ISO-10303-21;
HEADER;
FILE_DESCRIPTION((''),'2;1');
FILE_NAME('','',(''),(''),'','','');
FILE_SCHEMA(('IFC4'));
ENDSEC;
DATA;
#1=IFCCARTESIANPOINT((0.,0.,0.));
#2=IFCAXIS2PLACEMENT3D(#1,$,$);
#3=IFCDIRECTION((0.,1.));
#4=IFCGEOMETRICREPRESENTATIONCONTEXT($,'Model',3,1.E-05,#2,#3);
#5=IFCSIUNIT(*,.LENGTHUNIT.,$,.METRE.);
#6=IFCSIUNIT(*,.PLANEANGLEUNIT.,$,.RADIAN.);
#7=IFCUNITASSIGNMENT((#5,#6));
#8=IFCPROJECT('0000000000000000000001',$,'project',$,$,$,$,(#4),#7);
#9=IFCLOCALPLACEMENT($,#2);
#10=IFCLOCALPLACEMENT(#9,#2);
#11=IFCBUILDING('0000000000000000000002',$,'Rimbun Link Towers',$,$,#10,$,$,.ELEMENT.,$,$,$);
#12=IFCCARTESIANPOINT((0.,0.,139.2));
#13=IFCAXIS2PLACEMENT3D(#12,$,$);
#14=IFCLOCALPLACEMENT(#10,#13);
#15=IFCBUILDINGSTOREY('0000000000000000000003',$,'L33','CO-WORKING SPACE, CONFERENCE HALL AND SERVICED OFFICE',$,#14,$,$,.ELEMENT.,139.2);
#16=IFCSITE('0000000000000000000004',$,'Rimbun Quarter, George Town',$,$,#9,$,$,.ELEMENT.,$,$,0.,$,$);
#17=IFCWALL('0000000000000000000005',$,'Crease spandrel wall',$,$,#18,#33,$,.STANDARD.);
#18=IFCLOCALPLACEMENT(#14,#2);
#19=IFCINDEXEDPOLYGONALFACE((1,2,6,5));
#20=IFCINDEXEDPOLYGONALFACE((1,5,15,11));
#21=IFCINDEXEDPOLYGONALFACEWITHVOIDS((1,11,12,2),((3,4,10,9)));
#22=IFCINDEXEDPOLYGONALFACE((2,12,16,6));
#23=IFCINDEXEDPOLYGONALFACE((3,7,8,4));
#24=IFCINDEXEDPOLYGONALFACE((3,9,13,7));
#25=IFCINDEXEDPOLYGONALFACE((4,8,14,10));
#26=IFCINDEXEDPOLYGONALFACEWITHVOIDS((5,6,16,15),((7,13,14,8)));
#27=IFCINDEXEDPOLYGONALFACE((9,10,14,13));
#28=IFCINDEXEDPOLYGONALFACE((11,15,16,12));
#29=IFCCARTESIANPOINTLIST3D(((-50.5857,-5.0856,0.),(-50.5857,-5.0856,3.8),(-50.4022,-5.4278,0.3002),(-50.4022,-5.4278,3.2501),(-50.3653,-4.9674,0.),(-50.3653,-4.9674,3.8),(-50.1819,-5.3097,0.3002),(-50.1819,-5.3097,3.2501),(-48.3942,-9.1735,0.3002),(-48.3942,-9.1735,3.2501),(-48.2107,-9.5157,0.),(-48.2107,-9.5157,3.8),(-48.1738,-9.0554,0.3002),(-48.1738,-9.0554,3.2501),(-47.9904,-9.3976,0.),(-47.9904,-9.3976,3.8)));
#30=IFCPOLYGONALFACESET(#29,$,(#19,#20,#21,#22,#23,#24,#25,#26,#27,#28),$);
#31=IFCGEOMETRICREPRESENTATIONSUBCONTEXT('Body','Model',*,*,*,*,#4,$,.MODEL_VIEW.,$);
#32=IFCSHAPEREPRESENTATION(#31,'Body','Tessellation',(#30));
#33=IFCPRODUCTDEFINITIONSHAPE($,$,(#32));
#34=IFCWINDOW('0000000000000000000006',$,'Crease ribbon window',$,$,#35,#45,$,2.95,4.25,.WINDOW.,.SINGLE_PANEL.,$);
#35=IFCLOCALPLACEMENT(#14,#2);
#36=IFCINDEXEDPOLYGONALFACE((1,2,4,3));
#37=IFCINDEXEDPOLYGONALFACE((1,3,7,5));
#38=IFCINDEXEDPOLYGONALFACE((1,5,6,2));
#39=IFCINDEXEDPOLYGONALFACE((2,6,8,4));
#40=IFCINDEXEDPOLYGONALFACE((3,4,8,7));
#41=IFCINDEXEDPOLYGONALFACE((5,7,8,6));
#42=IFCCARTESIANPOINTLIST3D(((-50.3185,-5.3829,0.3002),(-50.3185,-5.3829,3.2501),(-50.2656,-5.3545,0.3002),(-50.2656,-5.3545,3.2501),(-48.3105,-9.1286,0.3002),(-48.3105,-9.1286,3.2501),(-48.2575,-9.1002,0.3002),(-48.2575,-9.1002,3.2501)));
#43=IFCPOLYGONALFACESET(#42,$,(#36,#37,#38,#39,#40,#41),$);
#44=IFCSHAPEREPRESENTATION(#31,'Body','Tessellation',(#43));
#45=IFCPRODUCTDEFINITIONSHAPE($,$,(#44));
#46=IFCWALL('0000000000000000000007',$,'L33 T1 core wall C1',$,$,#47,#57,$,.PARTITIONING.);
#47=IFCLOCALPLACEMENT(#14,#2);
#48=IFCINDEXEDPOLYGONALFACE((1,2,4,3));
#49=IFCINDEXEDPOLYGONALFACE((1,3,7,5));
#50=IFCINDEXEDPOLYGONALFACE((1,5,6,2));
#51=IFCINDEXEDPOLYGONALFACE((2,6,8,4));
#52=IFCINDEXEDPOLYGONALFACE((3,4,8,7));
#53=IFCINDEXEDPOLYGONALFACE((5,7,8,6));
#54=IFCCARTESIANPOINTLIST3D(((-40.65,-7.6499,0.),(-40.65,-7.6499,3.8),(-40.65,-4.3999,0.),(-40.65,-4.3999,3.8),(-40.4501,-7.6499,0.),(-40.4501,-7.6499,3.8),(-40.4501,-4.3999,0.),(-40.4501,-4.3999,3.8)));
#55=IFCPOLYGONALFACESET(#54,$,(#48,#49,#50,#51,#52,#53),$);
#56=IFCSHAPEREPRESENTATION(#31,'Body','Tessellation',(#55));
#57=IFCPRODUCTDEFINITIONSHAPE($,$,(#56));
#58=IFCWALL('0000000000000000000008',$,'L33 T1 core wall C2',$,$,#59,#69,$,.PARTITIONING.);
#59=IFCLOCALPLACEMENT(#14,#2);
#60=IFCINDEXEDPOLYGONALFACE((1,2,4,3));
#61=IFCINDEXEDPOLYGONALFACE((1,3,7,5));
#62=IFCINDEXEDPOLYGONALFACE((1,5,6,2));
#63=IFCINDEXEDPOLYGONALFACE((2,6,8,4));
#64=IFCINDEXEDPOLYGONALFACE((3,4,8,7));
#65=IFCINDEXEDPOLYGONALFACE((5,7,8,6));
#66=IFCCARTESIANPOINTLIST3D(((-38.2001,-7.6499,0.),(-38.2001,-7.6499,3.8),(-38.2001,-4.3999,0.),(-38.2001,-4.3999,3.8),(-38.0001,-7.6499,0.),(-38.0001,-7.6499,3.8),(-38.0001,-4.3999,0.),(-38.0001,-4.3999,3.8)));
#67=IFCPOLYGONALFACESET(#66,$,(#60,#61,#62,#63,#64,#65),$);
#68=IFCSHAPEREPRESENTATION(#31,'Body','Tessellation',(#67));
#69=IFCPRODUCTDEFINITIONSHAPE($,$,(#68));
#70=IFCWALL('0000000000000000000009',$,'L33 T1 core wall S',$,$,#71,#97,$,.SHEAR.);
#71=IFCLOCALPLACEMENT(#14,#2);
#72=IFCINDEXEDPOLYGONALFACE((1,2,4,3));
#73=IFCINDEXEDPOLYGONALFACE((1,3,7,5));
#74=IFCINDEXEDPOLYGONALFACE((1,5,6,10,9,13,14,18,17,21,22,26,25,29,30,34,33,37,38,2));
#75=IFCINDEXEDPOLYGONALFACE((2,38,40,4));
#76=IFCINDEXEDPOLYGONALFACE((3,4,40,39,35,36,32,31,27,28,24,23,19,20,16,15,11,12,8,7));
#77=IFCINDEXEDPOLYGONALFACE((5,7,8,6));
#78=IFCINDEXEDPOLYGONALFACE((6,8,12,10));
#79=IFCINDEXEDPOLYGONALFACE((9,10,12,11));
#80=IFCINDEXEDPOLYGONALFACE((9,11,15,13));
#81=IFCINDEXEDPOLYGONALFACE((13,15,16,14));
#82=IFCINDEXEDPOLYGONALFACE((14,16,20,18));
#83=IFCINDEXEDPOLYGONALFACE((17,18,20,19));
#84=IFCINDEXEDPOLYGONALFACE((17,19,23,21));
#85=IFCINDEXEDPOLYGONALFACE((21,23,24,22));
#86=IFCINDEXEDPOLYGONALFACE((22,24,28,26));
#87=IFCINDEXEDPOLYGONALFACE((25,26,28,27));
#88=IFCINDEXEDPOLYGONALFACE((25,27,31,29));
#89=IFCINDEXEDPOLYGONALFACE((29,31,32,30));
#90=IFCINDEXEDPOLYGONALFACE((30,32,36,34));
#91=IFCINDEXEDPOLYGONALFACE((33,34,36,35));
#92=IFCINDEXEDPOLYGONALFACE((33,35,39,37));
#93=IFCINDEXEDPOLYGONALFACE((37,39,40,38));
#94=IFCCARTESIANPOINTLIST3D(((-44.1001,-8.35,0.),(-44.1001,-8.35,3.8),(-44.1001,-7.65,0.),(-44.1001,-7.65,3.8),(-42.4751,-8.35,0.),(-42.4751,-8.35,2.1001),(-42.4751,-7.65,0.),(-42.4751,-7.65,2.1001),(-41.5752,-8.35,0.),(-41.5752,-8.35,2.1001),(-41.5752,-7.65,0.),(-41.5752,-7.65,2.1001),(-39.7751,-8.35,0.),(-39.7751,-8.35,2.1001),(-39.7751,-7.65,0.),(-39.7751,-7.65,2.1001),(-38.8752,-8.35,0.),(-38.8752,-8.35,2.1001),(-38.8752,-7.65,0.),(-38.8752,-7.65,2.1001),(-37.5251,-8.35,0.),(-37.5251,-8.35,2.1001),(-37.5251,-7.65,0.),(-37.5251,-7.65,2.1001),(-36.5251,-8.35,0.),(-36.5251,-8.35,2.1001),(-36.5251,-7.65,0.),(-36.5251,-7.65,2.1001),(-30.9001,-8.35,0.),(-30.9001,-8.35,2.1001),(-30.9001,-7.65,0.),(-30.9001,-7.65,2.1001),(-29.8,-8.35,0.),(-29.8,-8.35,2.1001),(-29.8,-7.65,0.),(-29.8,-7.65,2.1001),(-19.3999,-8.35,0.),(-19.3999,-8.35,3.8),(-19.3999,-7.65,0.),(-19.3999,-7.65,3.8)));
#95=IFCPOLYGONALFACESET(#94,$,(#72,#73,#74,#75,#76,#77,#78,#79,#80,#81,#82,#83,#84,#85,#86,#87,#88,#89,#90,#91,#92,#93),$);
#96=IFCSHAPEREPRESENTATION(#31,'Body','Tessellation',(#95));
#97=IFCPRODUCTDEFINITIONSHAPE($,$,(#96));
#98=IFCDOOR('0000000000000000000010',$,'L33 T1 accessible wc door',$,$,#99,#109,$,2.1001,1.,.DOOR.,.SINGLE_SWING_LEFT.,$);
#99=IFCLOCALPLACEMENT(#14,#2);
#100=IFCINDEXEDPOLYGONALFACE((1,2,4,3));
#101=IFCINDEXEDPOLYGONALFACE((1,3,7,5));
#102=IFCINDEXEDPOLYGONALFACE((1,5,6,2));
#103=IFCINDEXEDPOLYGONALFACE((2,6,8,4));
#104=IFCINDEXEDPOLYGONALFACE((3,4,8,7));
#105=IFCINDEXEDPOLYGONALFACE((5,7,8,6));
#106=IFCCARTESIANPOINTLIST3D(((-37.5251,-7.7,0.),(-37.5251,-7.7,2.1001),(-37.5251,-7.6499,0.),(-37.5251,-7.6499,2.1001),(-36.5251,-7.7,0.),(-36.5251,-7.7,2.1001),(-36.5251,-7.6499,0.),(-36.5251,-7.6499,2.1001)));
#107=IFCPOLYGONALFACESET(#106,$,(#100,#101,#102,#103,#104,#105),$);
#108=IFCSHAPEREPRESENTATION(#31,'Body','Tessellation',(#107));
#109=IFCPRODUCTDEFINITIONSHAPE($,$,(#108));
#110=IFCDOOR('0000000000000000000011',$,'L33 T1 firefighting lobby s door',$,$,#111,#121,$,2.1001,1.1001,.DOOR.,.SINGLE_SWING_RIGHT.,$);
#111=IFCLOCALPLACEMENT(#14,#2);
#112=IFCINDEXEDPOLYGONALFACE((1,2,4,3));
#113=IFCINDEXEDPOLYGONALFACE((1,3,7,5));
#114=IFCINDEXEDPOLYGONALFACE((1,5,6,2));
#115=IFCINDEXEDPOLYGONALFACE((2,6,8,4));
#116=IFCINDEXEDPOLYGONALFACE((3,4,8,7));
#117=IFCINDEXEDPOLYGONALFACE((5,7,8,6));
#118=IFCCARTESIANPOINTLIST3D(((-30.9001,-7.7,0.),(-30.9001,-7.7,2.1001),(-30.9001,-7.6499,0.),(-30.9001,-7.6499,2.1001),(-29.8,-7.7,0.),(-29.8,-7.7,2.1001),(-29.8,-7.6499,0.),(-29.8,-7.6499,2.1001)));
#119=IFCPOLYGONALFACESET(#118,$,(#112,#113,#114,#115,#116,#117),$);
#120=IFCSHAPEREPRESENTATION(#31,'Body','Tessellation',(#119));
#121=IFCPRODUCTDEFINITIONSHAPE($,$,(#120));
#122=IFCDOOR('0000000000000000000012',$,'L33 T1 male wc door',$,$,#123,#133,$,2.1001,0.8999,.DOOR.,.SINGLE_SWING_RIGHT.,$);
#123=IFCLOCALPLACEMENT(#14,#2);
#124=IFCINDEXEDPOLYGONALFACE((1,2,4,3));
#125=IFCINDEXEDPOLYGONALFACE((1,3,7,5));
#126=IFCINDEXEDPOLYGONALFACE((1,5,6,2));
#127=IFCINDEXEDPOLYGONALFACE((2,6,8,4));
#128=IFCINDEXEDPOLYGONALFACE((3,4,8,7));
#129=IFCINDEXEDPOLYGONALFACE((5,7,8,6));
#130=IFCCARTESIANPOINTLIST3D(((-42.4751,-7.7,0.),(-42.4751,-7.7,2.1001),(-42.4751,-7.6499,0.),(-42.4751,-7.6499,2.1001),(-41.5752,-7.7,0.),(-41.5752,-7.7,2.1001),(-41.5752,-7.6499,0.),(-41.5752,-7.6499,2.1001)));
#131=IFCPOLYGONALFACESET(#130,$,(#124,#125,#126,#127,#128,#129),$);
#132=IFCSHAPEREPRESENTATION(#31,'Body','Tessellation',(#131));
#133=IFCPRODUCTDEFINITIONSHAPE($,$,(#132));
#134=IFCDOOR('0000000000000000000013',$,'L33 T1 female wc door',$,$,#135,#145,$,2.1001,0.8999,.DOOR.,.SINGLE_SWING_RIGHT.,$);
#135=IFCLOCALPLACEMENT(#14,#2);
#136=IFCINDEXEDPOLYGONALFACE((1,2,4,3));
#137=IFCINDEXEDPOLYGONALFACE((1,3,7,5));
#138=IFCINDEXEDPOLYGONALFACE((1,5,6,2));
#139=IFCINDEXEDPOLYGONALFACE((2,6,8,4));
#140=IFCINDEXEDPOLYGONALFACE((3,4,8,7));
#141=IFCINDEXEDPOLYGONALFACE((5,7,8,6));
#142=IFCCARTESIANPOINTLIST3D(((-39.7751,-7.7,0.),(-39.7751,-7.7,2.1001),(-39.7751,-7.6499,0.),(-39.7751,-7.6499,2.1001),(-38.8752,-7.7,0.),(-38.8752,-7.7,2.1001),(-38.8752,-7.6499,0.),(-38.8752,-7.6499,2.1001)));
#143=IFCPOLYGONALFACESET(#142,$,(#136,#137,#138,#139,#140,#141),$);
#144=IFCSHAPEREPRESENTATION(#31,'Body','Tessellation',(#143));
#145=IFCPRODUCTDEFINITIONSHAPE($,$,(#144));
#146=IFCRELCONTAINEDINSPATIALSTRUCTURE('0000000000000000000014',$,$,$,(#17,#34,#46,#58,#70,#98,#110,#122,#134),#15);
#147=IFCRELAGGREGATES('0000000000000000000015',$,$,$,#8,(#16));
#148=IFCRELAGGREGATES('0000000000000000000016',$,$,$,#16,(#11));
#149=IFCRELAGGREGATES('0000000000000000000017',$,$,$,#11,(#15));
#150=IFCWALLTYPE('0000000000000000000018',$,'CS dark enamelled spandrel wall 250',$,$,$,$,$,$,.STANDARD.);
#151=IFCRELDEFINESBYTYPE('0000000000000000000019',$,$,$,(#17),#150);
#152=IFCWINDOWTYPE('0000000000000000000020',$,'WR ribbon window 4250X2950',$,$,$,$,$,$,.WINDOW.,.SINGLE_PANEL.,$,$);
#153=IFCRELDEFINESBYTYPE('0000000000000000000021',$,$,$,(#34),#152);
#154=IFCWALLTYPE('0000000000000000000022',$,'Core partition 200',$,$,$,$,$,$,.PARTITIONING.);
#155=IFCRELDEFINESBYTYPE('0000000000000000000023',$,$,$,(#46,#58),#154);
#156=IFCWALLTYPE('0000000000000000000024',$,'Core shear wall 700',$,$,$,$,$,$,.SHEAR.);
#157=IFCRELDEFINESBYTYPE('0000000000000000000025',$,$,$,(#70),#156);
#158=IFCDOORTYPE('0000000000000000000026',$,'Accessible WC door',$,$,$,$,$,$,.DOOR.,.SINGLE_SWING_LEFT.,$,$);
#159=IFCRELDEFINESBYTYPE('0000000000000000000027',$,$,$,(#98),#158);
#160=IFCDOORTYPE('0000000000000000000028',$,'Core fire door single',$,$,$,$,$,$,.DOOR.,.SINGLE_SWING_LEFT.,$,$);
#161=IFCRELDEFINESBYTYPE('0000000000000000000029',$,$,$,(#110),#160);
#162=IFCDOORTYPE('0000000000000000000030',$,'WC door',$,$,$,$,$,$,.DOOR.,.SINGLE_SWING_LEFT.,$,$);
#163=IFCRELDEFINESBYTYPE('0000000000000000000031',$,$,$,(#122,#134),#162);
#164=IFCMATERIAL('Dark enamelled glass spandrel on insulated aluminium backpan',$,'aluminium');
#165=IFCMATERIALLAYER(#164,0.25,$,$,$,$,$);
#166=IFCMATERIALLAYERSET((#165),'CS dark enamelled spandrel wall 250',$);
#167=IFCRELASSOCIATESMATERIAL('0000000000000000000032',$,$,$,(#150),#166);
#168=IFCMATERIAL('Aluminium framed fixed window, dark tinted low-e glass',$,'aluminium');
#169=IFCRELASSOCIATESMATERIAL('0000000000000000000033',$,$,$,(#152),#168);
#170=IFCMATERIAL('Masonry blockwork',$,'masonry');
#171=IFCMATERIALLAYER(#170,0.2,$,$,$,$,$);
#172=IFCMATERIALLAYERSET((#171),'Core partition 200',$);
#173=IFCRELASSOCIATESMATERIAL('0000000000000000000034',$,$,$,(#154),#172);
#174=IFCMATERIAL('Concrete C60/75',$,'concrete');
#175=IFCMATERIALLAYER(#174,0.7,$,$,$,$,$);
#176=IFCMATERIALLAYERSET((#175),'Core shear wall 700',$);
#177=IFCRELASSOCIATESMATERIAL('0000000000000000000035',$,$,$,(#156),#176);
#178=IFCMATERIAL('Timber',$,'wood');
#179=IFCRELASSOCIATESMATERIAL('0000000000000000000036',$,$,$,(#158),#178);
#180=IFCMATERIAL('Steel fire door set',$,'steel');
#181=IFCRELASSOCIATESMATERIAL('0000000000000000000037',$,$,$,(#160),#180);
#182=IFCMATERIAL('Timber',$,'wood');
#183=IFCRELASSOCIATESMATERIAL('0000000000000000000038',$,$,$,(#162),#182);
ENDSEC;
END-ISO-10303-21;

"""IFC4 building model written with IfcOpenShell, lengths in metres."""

from ifc_helpers import new_model, si_unit, direction, frame, frame_2d, origin, place, context, subcontext, project, spatial, rectangle, extrude, material, layer, layer_set, type_object, element, fill, save


model = new_model("IFC4")

# Units and contexts
model_context = context("Model", 3, precision=1e-05, world=origin(), true_north=direction((0.0, 1.0)))
body_context = subcontext(model_context, "Body", "Model", "MODEL_VIEW")
ifc_project = project(units=[si_unit("LENGTHUNIT", "METRE"), si_unit("PLANEANGLEUNIT", "RADIAN")], contexts=[model_context])

# Site, building, storey
site_placement = place(None, origin())
site = spatial("IfcSite", under=ifc_project, at=site_placement, Name="Rimbun Quarter, George Town", CompositionType="ELEMENT", RefElevation=0.0)
building_placement = place(site_placement, origin())
building = spatial("IfcBuilding", under=site, at=building_placement, Name="Rimbun Link Towers", CompositionType="ELEMENT")
storey_placement = place(building_placement, frame((0.0, 0.0, 139.2)))
storey = spatial("IfcBuildingStorey", under=building, at=storey_placement, Name="L33", Description="CO-WORKING SPACE, CONFERENCE HALL AND SERVICED OFFICE", CompositionType="ELEMENT", Elevation=139.2)

# Wall, opening, window
ifc_material_1 = material(Name="Dark enamelled glass spandrel on insulated aluminium backpan", Category="aluminium")
ifc_layer_1 = layer(ifc_material_1, 0.25)
ifc_layer_set_1 = layer_set([ifc_layer_1], Name="CS dark enamelled spandrel wall 250")
wall_type_1 = type_object("IfcWallType", Name="CS dark enamelled spandrel wall 250", PredefinedType="STANDARD", material=ifc_layer_set_1)
ifc_material_2 = material(Name="Aluminium framed fixed window, dark tinted low-e glass", Category="aluminium")
window_type = type_object("IfcWindowType", Name="WR ribbon window 4250X2950", PartitioningType="SINGLE_PANEL", PredefinedType="WINDOW", material=ifc_material_2)
wall_1_placement = place(storey_placement, frame((-48.1006, -9.4565, 0.0), z_axis=(0.0, 0.0, 1.0), x_axis=(-0.472483, 0.88134, 0.0)))
wall_1 = element("IfcWall", 1, at=wall_1_placement, inside=storey, type_object=wall_type_1, Name="Crease spandrel wall", PredefinedType="STANDARD", context=body_context, shape_type="SweptSolid", body=[
    extrude(rectangle(XDim=5.0266, YDim=0.25, at=frame_2d((2.5132, 0.0))), origin(), (0.0, 0.0, 1.0), 3.8),
])
opening_1_placement = place(wall_1_placement, frame((0.3882, 0.0, 0.3)))
opening_1 = element("IfcOpeningElement", 2, at=opening_1_placement, cuts=wall_1, PredefinedType="OPENING", context=body_context, shape_type="SweptSolid", body=[
    extrude(rectangle(XDim=4.25, YDim=2.95, at=frame_2d((2.125, 1.4751))), frame((0.0, 0.135, 0.0), z_axis=(0.0, -1.0, 0.0), x_axis=(1.0, 0.0, 0.0)), (0.0, 0.0, 1.0), 0.27),
])
window_1_placement = place(opening_1_placement, origin())
window_1 = element("IfcWindow", 3, at=window_1_placement, inside=storey, type_object=window_type, Name="Crease ribbon window", OverallHeight=2.95, OverallWidth=4.25, PartitioningType="SINGLE_PANEL", PredefinedType="WINDOW", context=body_context, shape_type="SweptSolid", body=[
    extrude(rectangle(XDim=4.25, YDim=2.95, at=frame_2d((2.125, 1.4751))), frame((0.0, 0.03, 0.0), z_axis=(0.0, -1.0, 0.0), x_axis=(1.0, 0.0, 0.0)), (0.0, 0.0, 1.0), 0.0601),
])
fill(opening_1, window_1)

# Walls
ifc_material_3 = material(Name="Masonry blockwork", Category="masonry")
ifc_layer_2 = layer(ifc_material_3, 0.2)
ifc_layer_set_2 = layer_set([ifc_layer_2], Name="Core partition 200")
wall_type_2 = type_object("IfcWallType", Name="Core partition 200", PredefinedType="PARTITIONING", material=ifc_layer_set_2)
for number, where, z_axis, x_axis, name in (
    (4, (-40.55, -4.3999, 0.0), (0.0, 0.0, 1.0), (0.0, -1.0, 0.0), "L33 T1 core wall C1"),
    (5, (-38.1001, -4.3999, 0.0), (0.0, 0.0, 1.0), (0.0, -1.0, 0.0), "L33 T1 core wall C2"),
):
    element("IfcWall", number, at=place(storey_placement, frame(where, z_axis=z_axis, x_axis=x_axis)), inside=storey, type_object=wall_type_2, Name=name, PredefinedType="PARTITIONING", context=body_context, shape_type="SweptSolid", body=[
        extrude(rectangle(XDim=3.25, YDim=0.2, at=frame_2d((1.625, 0.0))), origin(), (0.0, 0.0, 1.0), 3.8),
    ])

# Wall, openings, doors
ifc_material_4 = material(Name="Concrete C60/75", Category="concrete")
ifc_layer_3 = layer(ifc_material_4, 0.7)
ifc_layer_set_3 = layer_set([ifc_layer_3], Name="Core shear wall 700")
wall_type_3 = type_object("IfcWallType", Name="Core shear wall 700", PredefinedType="SHEAR", material=ifc_layer_set_3)
wall_2_placement = place(storey_placement, frame((-44.1001, -8.0, 0.0), z_axis=(0.0, 0.0, 1.0), x_axis=(1.0, 0.0, 0.0)))
wall_2 = element("IfcWall", 6, at=wall_2_placement, inside=storey, type_object=wall_type_3, Name="L33 T1 core wall S", PredefinedType="SHEAR", context=body_context, shape_type="SweptSolid", body=[
    extrude(rectangle(XDim=24.7002, YDim=0.7, at=frame_2d((12.3501, 0.0))), origin(), (0.0, 0.0, 1.0), 3.8),
])
opening_2_placement = place(wall_2_placement, frame((13.2, 0.0, 0.0)))
opening_2 = element("IfcOpeningElement", 7, at=opening_2_placement, cuts=wall_2, PredefinedType="OPENING", context=body_context, shape_type="SweptSolid", body=[
    extrude(rectangle(XDim=1.1001, YDim=2.1001, at=frame_2d((0.55, 1.05))), frame((0.0, 0.3599, 0.0), z_axis=(0.0, -1.0, 0.0), x_axis=(1.0, 0.0, 0.0)), (0.0, 0.0, 1.0), 0.72),
])
opening_3_placement = place(wall_2_placement, frame((1.625, 0.0, 0.0)))
opening_3 = element("IfcOpeningElement", 8, at=opening_3_placement, cuts=wall_2, PredefinedType="OPENING", context=body_context, shape_type="SweptSolid", body=[
    extrude(rectangle(XDim=0.8999, YDim=2.1001, at=frame_2d((0.45, 1.05))), frame((0.0, 0.3599, 0.0), z_axis=(0.0, -1.0, 0.0), x_axis=(1.0, 0.0, 0.0)), (0.0, 0.0, 1.0), 0.72),
])
opening_4_placement = place(wall_2_placement, frame((4.325, 0.0, 0.0)))
opening_4 = element("IfcOpeningElement", 9, at=opening_4_placement, cuts=wall_2, PredefinedType="OPENING", context=body_context, shape_type="SweptSolid", body=[
    extrude(rectangle(XDim=0.8999, YDim=2.1001, at=frame_2d((0.45, 1.05))), frame((0.0, 0.3599, 0.0), z_axis=(0.0, -1.0, 0.0), x_axis=(1.0, 0.0, 0.0)), (0.0, 0.0, 1.0), 0.72),
])
opening_5_placement = place(wall_2_placement, frame((6.575, 0.0, 0.0)))
opening_5 = element("IfcOpeningElement", 10, at=opening_5_placement, cuts=wall_2, PredefinedType="OPENING", context=body_context, shape_type="SweptSolid", body=[
    extrude(rectangle(XDim=1.0, YDim=2.1001, at=frame_2d((0.5, 1.05))), frame((0.0, 0.3599, 0.0), z_axis=(0.0, -1.0, 0.0), x_axis=(1.0, 0.0, 0.0)), (0.0, 0.0, 1.0), 0.72),
])
ifc_material_5 = material(Name="Timber", Category="wood")
door_type_1 = type_object("IfcDoorType", Name="Accessible WC door", OperationType="SINGLE_SWING_LEFT", PredefinedType="DOOR", material=ifc_material_5)
door_1_placement = place(opening_5_placement, origin())
door_1 = element("IfcDoor", 11, at=door_1_placement, inside=storey, type_object=door_type_1, Name="L33 T1 accessible wc door", OperationType="SINGLE_SWING_LEFT", OverallHeight=2.1001, OverallWidth=1.0, PredefinedType="DOOR", context=body_context, shape_type="SweptSolid", body=[
    extrude(rectangle(XDim=1.0, YDim=2.1001, at=frame_2d((0.5, 1.05))), frame((0.0, 0.3501, 0.0), z_axis=(0.0, -1.0, 0.0), x_axis=(1.0, 0.0, 0.0)), (0.0, 0.0, 1.0), 0.05),
])
fill(opening_5, door_1)
ifc_material_6 = material(Name="Steel fire door set", Category="steel")
door_type_2 = type_object("IfcDoorType", Name="Core fire door single", OperationType="SINGLE_SWING_LEFT", PredefinedType="DOOR", material=ifc_material_6)
door_2_placement = place(opening_2_placement, origin())
door_2 = element("IfcDoor", 12, at=door_2_placement, inside=storey, type_object=door_type_2, Name="L33 T1 firefighting lobby s door", OperationType="SINGLE_SWING_RIGHT", OverallHeight=2.1001, OverallWidth=1.1001, PredefinedType="DOOR", context=body_context, shape_type="SweptSolid", body=[
    extrude(rectangle(XDim=1.1001, YDim=2.1001, at=frame_2d((0.55, 1.05))), frame((0.0, 0.3501, 0.0), z_axis=(0.0, -1.0, 0.0), x_axis=(1.0, 0.0, 0.0)), (0.0, 0.0, 1.0), 0.05),
])
fill(opening_2, door_2)
ifc_material_7 = material(Name="Timber", Category="wood")
door_type_3 = type_object("IfcDoorType", Name="WC door", OperationType="SINGLE_SWING_LEFT", PredefinedType="DOOR", material=ifc_material_7)
door_3_placement = place(opening_3_placement, origin())
door_3 = element("IfcDoor", 13, at=door_3_placement, inside=storey, type_object=door_type_3, Name="L33 T1 male wc door", OperationType="SINGLE_SWING_RIGHT", OverallHeight=2.1001, OverallWidth=0.8999, PredefinedType="DOOR", context=body_context, shape_type="SweptSolid", body=[
    extrude(rectangle(XDim=0.8999, YDim=2.1001, at=frame_2d((0.45, 1.05))), frame((0.0, 0.3501, 0.0), z_axis=(0.0, -1.0, 0.0), x_axis=(1.0, 0.0, 0.0)), (0.0, 0.0, 1.0), 0.05),
])
fill(opening_3, door_3)
door_4_placement = place(opening_4_placement, origin())
door_4 = element("IfcDoor", 14, at=door_4_placement, inside=storey, type_object=door_type_3, Name="L33 T1 female wc door", OperationType="SINGLE_SWING_RIGHT", OverallHeight=2.1001, OverallWidth=0.8999, PredefinedType="DOOR", context=body_context, shape_type="SweptSolid", body=[
    extrude(rectangle(XDim=0.8999, YDim=2.1001, at=frame_2d((0.45, 1.05))), frame((0.0, 0.3501, 0.0), z_axis=(0.0, -1.0, 0.0), x_axis=(1.0, 0.0, 0.0)), (0.0, 0.0, 1.0), 0.05),
])
fill(opening_4, door_4)

save(model, "model.ifc")
